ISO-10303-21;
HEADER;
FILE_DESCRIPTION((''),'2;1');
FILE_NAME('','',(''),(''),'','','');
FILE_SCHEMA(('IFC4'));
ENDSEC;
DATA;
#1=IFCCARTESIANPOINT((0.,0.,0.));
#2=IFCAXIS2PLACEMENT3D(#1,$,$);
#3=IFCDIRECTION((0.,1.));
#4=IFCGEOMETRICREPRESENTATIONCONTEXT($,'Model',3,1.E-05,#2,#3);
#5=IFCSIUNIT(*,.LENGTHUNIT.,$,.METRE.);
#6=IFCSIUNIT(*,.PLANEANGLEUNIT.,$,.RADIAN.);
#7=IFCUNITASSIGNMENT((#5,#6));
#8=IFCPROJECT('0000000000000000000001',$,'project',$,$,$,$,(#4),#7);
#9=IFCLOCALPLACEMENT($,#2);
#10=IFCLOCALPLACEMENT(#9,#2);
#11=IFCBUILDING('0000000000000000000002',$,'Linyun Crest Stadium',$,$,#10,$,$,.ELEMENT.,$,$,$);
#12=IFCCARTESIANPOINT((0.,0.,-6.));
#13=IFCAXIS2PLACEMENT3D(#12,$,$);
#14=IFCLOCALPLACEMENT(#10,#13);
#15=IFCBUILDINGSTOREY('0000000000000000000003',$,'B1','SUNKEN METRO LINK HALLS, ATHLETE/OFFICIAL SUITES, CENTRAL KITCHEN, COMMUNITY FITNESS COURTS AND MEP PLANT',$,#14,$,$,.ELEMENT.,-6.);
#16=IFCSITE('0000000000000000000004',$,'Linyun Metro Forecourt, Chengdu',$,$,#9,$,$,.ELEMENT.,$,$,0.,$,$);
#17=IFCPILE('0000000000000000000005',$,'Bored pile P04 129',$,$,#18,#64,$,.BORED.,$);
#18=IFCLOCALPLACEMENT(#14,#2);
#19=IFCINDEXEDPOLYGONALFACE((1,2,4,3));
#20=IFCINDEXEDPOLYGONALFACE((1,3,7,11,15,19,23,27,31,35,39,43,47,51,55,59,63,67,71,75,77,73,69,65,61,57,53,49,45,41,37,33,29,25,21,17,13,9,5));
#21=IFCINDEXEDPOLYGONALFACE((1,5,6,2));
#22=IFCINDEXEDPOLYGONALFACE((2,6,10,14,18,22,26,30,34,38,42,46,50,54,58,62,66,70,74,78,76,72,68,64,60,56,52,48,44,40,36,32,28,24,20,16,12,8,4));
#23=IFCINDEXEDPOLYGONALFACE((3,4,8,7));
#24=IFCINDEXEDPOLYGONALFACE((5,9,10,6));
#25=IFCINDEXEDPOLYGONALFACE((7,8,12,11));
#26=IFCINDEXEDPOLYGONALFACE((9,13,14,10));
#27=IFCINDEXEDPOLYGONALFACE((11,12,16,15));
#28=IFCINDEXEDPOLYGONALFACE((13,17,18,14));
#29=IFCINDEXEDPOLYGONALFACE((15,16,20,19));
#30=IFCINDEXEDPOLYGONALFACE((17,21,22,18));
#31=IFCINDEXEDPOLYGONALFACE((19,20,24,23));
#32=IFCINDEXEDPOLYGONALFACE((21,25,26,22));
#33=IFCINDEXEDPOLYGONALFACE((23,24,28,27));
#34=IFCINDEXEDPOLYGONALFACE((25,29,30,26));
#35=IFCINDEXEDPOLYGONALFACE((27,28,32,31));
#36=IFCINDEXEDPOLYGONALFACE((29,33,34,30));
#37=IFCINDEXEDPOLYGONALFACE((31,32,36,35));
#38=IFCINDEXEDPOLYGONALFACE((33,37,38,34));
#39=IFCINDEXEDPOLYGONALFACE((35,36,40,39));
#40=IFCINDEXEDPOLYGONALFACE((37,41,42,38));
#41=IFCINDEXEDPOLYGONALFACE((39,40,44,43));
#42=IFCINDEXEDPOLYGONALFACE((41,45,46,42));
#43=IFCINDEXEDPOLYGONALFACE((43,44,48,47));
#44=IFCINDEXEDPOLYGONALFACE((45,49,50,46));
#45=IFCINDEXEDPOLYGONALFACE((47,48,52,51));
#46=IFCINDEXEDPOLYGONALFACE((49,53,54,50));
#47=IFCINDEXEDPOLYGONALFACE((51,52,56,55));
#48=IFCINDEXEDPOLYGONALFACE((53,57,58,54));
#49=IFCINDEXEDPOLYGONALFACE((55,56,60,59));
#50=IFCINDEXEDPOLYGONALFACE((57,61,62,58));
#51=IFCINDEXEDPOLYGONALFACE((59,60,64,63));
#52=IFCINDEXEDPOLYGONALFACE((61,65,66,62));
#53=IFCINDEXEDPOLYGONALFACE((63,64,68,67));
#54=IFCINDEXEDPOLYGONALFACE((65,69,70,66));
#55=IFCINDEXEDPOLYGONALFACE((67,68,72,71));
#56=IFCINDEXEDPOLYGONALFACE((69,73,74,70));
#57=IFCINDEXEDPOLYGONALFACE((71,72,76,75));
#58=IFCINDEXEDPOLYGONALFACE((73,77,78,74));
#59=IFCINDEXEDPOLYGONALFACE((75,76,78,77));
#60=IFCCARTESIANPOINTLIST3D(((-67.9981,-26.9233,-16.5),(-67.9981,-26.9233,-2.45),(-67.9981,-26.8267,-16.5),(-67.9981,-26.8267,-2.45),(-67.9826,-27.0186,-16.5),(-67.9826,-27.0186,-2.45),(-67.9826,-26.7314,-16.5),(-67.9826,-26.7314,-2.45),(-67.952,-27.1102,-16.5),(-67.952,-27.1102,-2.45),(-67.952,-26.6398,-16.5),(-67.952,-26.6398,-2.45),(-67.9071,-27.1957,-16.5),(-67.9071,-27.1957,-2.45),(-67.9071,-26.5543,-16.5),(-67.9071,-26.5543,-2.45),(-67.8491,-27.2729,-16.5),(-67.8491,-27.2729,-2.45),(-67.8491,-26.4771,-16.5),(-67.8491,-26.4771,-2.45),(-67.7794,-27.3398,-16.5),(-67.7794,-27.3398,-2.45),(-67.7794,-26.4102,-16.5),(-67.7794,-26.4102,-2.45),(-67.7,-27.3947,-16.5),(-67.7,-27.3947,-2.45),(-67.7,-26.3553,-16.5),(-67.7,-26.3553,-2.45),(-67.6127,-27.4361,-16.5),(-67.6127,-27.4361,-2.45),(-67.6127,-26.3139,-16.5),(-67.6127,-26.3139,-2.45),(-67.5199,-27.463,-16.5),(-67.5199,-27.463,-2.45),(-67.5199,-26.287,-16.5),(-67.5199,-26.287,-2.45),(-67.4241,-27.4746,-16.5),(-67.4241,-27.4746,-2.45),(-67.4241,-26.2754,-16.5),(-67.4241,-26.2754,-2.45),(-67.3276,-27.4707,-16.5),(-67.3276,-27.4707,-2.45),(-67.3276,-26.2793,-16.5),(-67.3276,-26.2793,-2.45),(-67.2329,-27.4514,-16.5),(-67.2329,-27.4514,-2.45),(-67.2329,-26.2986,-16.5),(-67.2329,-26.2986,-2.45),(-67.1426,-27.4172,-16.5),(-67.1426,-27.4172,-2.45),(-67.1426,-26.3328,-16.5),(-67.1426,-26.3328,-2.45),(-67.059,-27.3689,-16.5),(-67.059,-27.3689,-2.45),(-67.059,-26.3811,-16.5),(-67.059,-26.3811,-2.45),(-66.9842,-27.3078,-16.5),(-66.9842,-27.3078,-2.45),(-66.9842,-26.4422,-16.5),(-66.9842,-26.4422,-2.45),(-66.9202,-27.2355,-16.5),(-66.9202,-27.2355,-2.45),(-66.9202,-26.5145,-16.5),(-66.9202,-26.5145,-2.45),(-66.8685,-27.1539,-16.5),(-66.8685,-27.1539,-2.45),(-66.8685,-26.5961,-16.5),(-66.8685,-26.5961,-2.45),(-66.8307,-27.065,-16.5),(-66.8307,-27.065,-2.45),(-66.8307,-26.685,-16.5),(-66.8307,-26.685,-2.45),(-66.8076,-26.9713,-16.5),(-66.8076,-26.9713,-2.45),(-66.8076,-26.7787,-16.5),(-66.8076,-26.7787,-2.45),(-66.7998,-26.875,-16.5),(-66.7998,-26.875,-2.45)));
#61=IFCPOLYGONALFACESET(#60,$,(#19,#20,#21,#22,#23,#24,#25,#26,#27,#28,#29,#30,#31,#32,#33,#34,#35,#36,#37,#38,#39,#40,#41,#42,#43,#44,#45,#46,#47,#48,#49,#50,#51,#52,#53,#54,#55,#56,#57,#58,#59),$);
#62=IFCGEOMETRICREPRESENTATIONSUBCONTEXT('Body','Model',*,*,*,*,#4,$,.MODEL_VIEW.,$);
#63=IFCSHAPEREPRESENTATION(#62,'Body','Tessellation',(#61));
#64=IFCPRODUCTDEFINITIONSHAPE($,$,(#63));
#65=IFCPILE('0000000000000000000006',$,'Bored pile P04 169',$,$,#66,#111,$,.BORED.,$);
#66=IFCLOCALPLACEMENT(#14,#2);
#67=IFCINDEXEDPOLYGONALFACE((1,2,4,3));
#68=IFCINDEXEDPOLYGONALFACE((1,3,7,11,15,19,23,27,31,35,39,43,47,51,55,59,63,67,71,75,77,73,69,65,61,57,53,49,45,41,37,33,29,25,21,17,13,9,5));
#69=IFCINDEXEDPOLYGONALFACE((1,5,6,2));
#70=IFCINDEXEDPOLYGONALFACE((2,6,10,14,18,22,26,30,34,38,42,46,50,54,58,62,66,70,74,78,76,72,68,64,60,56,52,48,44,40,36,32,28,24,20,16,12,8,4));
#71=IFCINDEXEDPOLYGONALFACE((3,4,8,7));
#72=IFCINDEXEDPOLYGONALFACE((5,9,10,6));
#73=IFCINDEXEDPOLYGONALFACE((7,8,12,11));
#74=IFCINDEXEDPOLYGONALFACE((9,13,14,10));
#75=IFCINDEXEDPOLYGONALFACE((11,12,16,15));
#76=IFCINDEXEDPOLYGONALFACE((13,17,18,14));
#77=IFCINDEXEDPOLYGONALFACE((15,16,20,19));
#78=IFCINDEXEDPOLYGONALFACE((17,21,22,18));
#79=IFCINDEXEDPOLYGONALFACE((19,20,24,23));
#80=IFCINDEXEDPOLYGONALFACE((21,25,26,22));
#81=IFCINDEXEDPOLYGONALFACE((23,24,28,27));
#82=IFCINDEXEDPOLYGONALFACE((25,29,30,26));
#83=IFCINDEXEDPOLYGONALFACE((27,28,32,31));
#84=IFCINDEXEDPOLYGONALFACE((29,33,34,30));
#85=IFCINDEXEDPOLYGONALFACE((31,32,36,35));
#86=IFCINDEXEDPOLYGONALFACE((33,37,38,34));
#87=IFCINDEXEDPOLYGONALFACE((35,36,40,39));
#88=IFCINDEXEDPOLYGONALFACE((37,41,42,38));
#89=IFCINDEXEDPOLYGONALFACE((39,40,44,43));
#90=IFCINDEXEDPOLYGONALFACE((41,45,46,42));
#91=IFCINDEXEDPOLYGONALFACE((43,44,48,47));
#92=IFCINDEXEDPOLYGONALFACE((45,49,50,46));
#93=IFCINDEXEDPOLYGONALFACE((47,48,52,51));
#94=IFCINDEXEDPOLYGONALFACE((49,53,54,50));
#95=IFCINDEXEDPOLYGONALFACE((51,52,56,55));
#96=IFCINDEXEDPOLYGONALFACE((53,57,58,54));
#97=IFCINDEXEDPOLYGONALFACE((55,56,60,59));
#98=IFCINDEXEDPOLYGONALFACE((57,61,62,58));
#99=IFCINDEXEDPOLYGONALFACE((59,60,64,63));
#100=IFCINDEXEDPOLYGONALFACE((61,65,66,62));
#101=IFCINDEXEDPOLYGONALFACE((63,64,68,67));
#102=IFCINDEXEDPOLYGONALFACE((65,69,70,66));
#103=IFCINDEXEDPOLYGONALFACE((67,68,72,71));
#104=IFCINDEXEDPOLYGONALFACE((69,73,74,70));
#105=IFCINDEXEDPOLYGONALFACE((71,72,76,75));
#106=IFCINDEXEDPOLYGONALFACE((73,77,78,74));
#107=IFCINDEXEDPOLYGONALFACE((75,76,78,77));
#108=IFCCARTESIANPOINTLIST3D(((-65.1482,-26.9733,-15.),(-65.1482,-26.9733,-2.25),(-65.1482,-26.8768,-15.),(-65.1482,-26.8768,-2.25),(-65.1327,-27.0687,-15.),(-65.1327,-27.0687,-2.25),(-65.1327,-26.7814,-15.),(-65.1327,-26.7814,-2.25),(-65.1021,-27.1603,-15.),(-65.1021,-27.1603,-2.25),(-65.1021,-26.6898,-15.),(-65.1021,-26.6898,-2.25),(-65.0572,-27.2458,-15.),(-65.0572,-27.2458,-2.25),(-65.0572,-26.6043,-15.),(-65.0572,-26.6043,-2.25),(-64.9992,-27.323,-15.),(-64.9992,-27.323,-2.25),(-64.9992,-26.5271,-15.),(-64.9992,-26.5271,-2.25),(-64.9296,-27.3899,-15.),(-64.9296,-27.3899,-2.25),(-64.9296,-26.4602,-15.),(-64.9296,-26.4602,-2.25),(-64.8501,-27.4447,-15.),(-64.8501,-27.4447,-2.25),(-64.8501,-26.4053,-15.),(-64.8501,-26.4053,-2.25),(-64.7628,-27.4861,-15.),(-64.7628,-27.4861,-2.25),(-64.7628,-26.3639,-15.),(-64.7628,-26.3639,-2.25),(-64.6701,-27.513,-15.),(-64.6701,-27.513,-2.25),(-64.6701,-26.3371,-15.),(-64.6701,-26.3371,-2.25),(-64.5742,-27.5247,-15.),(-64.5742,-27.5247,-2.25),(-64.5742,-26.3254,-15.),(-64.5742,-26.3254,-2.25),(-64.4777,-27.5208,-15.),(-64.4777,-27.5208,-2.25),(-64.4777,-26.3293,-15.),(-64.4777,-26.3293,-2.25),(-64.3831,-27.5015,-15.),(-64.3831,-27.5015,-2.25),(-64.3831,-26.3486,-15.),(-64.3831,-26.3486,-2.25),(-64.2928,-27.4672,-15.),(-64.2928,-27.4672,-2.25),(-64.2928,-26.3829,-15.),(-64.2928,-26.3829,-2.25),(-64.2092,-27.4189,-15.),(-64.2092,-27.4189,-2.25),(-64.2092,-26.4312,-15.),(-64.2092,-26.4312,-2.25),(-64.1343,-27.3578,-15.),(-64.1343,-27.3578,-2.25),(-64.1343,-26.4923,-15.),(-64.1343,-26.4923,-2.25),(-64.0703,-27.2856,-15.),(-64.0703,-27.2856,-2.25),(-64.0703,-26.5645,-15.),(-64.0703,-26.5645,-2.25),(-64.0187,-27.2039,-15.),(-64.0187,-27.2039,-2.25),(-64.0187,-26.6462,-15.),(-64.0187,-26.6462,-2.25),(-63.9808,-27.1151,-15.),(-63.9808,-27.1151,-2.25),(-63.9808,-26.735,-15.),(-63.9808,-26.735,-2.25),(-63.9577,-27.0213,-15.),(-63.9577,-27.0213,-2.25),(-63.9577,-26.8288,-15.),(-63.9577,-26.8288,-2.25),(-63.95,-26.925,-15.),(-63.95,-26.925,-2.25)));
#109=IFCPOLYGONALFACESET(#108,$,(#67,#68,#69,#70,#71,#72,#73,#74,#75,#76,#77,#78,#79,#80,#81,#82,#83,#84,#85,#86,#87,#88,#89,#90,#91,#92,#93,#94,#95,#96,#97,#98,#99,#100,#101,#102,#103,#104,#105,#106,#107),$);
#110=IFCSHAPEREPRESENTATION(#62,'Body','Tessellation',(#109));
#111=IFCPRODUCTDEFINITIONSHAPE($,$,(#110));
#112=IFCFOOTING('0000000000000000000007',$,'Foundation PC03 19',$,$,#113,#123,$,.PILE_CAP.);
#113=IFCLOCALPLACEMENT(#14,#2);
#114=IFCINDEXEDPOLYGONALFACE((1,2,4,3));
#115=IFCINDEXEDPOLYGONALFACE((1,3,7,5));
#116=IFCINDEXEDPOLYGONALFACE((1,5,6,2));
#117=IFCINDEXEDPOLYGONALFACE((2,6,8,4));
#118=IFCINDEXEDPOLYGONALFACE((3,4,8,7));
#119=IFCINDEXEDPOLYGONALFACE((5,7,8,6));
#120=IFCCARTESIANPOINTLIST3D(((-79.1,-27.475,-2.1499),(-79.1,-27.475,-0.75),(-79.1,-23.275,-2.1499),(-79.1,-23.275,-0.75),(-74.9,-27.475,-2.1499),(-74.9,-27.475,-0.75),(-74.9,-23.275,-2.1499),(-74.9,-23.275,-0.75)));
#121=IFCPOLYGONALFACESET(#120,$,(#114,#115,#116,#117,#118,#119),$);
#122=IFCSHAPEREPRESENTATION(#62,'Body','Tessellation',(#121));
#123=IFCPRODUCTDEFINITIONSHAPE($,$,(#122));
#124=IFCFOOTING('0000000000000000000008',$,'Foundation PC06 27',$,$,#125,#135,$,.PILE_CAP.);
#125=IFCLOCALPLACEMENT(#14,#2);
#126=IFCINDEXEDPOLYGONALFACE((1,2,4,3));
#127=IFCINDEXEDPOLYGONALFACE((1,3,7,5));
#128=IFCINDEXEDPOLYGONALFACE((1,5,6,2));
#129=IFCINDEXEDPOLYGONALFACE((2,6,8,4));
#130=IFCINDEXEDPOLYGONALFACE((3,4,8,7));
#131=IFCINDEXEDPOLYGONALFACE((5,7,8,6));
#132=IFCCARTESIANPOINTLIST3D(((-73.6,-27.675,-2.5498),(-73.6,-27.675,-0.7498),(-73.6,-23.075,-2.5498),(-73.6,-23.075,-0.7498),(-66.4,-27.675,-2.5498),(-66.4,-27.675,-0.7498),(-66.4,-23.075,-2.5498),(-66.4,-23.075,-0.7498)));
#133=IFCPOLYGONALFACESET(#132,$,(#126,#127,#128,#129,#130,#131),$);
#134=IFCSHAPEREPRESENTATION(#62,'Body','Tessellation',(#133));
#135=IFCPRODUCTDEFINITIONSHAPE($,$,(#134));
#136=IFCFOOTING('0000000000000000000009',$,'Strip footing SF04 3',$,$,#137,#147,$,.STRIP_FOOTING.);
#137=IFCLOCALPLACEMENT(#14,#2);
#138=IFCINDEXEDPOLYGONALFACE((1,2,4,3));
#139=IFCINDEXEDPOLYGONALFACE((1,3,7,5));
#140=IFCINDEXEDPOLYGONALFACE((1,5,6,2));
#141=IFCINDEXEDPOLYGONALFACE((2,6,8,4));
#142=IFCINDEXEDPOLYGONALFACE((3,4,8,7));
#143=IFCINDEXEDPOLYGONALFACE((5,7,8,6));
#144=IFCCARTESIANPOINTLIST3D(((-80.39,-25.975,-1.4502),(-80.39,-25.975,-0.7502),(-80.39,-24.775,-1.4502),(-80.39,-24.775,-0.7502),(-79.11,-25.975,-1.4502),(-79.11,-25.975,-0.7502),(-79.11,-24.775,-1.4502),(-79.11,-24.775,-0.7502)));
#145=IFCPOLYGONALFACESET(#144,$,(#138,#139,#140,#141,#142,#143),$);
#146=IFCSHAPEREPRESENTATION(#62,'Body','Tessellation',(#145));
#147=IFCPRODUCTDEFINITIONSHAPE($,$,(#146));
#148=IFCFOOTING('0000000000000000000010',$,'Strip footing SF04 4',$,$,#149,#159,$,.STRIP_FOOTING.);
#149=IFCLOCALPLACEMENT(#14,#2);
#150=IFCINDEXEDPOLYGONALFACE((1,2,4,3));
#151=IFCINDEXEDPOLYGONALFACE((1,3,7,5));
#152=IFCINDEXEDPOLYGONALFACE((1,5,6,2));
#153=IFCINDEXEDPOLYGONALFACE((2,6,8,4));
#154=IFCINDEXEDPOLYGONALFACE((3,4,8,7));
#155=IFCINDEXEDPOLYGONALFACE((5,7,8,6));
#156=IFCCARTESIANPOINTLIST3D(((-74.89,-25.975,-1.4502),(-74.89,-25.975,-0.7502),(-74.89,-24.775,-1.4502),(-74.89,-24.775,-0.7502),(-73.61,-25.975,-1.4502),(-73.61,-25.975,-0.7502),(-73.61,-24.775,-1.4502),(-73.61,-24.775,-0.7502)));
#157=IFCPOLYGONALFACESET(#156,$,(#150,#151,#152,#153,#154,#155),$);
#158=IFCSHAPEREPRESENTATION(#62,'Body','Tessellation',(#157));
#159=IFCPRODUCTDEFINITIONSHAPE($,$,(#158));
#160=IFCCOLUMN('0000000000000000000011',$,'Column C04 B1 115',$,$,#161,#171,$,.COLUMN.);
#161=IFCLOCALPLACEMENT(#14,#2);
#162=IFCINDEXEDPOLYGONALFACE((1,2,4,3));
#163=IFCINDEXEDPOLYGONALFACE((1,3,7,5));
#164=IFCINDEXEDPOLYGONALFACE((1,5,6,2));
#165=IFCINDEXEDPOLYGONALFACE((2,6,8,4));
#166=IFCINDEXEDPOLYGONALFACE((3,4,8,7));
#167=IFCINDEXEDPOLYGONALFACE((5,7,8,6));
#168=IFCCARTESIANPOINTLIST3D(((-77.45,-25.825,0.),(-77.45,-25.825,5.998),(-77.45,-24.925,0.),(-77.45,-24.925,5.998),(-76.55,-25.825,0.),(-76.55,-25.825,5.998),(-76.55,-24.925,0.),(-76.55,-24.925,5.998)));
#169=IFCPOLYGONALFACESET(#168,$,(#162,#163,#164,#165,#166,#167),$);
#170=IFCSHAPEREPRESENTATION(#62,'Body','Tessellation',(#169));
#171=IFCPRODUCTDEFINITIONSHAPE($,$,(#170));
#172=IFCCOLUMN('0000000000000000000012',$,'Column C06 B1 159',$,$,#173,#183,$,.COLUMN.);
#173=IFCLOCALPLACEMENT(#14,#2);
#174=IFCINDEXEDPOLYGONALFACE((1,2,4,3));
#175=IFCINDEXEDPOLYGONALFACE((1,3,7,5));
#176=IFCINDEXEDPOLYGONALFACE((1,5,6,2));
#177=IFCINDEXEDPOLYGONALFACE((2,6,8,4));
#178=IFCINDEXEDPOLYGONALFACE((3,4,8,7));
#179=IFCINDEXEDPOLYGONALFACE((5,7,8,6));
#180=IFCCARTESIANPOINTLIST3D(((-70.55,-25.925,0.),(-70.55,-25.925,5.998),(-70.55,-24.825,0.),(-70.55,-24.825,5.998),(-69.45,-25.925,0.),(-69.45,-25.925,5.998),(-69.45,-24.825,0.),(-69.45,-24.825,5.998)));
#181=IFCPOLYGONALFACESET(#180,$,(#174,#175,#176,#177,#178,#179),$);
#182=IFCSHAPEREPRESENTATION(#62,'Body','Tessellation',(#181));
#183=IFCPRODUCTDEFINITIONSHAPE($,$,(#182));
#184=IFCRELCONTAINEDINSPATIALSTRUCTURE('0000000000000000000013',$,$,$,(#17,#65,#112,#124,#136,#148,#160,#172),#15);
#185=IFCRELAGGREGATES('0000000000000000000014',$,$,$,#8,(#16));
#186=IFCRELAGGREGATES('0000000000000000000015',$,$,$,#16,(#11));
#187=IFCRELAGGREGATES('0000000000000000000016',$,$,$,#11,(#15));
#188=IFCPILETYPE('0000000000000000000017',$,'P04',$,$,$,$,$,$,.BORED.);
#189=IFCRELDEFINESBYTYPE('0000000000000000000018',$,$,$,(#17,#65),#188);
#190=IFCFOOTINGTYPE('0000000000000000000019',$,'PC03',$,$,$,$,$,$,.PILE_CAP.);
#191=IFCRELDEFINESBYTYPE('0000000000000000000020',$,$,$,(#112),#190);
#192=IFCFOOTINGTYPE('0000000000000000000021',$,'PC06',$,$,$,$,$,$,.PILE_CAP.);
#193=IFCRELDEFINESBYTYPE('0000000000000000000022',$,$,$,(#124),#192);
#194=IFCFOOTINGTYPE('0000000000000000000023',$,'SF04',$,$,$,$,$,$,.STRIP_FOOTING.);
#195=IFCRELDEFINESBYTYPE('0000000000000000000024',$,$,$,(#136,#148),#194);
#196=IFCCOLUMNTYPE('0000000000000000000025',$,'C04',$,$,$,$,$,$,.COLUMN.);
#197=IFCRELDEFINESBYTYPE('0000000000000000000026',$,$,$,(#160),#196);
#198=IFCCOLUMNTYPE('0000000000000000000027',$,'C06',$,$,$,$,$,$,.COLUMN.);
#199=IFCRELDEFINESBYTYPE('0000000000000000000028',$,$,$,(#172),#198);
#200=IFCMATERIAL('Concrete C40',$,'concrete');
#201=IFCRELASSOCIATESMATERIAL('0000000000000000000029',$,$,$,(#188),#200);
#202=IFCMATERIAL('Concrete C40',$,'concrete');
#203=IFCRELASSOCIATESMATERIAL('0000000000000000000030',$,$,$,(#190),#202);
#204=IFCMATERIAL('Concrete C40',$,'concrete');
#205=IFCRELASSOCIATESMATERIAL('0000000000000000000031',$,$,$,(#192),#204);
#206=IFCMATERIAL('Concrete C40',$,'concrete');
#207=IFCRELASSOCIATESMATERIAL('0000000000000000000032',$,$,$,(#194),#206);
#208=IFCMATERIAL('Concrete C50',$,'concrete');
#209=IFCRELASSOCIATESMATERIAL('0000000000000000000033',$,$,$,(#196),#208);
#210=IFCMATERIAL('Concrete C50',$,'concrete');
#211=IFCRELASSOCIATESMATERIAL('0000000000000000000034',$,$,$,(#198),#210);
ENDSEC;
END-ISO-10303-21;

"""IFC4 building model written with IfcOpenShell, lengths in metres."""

from ifc_helpers import new_model, si_unit, direction, frame, origin, origin_2d, place, context, subcontext, project, spatial, rectangle, circle, extrude, material, material_profile, profile_set, type_object, element, save


model = new_model("IFC4")

# Units and contexts
model_context = context("Model", 3, precision=1e-05, world=origin(), true_north=direction((0.0, 1.0)))
body_context = subcontext(model_context, "Body", "Model", "MODEL_VIEW")
ifc_project = project(units=[si_unit("LENGTHUNIT", "METRE"), si_unit("PLANEANGLEUNIT", "RADIAN")], contexts=[model_context])

# Site, building, storey
site_placement = place(None, origin())
site = spatial("IfcSite", under=ifc_project, at=site_placement, Name="Linyun Metro Forecourt, Chengdu", CompositionType="ELEMENT", RefElevation=0.0)
building_placement = place(site_placement, origin())
building = spatial("IfcBuilding", under=site, at=building_placement, Name="Linyun Crest Stadium", CompositionType="ELEMENT")
storey_placement = place(building_placement, frame((0.0, 0.0, -6.0)))
storey = spatial("IfcBuildingStorey", under=building, at=storey_placement, Name="B1", Description="SUNKEN METRO LINK HALLS, ATHLETE/OFFICIAL SUITES, CENTRAL KITCHEN, COMMUNITY FITNESS COURTS AND MEP PLANT", CompositionType="ELEMENT", Elevation=-6.0)

# Piles
ifc_material_1 = material(Name="Concrete C40", Category="concrete")
ifc_material_profile_1 = material_profile(ifc_material_1, circle(Radius=0.6001, at=origin_2d()), Name="BORED PILE 1200")
ifc_profile_set_1 = profile_set([ifc_material_profile_1], Name="Concrete C40")
pile_type_1 = type_object("IfcPileType", Name="P04", PredefinedType="BORED", material=ifc_profile_set_1)
for number, where, z_axis, x_axis, name in (
    (1, (-67.3999, -26.875, -2.45), (0.0, 0.0, -1.0), (1.0, 0.0, 0.0), "Bored pile P04 129"),
):
    element("IfcPile", number, at=place(storey_placement, frame(where, z_axis=z_axis, x_axis=x_axis)), inside=storey, type_object=pile_type_1, Name=name, PredefinedType="BORED", context=body_context, shape_type="SweptSolid", body=[
        extrude(circle(Radius=0.6001, at=origin_2d()), origin(), (0.0, 0.0, 1.0), 14.05),
    ])
pile_placement = place(storey_placement, frame((-64.55, -26.925, -2.25), z_axis=(0.0, 0.0, -1.0), x_axis=(1.0, 0.0, 0.0)))
element("IfcPile", 2, at=pile_placement, inside=storey, type_object=pile_type_1, Name="Bored pile P04 169", PredefinedType="BORED", context=body_context, shape_type="SweptSolid", body=[
    extrude(circle(Radius=0.6001, at=origin_2d()), origin(), (0.0, 0.0, 1.0), 12.75),
])

# Footings
ifc_material_2 = material(Name="Concrete C40", Category="concrete")
footing_type_1 = type_object("IfcFootingType", Name="PC03", PredefinedType="PILE_CAP", material=ifc_material_2)
footing_1_placement = place(storey_placement, frame((-77.0, -25.375, -2.1499), z_axis=(0.0, 0.0, 1.0), x_axis=(1.0, 0.0, 0.0)))
element("IfcFooting", 3, at=footing_1_placement, inside=storey, type_object=footing_type_1, Name="Foundation PC03 19", PredefinedType="PILE_CAP", context=body_context, shape_type="SweptSolid", body=[
    extrude(rectangle(XDim=4.2, YDim=4.2, at=origin_2d()), origin(), (0.0, 0.0, 1.0), 1.3999),
])
ifc_material_3 = material(Name="Concrete C40", Category="concrete")
footing_type_2 = type_object("IfcFootingType", Name="PC06", PredefinedType="PILE_CAP", material=ifc_material_3)
footing_2_placement = place(storey_placement, frame((-70.0, -25.375, -2.5498), z_axis=(0.0, 0.0, 1.0), x_axis=(1.0, 0.0, 0.0)))
element("IfcFooting", 4, at=footing_2_placement, inside=storey, type_object=footing_type_2, Name="Foundation PC06 27", PredefinedType="PILE_CAP", context=body_context, shape_type="SweptSolid", body=[
    extrude(rectangle(XDim=7.2, YDim=4.6001, at=origin_2d()), origin(), (0.0, 0.0, 1.0), 1.8),
])
ifc_material_4 = material(Name="Concrete C40", Category="concrete")
footing_type_3 = type_object("IfcFootingType", Name="SF04", PredefinedType="STRIP_FOOTING", material=ifc_material_4)
for number, where, z_axis, x_axis, name in (
    (5, (-79.75, -25.375, -1.4502), (0.0, 0.0, 1.0), (1.0, 0.0, 0.0), "Strip footing SF04 3"),
    (6, (-74.25, -25.375, -1.4502), (0.0, 0.0, 1.0), (1.0, 0.0, 0.0), "Strip footing SF04 4"),
):
    element("IfcFooting", number, at=place(storey_placement, frame(where, z_axis=z_axis, x_axis=x_axis)), inside=storey, type_object=footing_type_3, Name=name, PredefinedType="STRIP_FOOTING", context=body_context, shape_type="SweptSolid", body=[
        extrude(rectangle(XDim=1.28, YDim=1.2, at=origin_2d()), origin(), (0.0, 0.0, 1.0), 0.7),
    ])

# Columns
ifc_material_5 = material(Name="Concrete C50", Category="concrete")
ifc_material_profile_2 = material_profile(ifc_material_5, rectangle(XDim=0.8999, YDim=0.8999, at=origin_2d()), Name="RC 900x900")
ifc_profile_set_2 = profile_set([ifc_material_profile_2], Name="Concrete C50")
column_type_1 = type_object("IfcColumnType", Name="C04", PredefinedType="COLUMN", material=ifc_profile_set_2)
column_1_placement = place(storey_placement, frame((-77.0, -25.375, 0.0), z_axis=(0.0, 0.0, 1.0), x_axis=(1.0, 0.0, 0.0)))
element("IfcColumn", 7, at=column_1_placement, inside=storey, type_object=column_type_1, Name="Column C04 B1 115", PredefinedType="COLUMN", context=body_context, shape_type="SweptSolid", body=[
    extrude(rectangle(XDim=0.8999, YDim=0.8999, at=origin_2d()), origin(), (0.0, 0.0, 1.0), 5.998),
])
ifc_material_6 = material(Name="Concrete C50", Category="concrete")
ifc_material_profile_3 = material_profile(ifc_material_6, rectangle(XDim=1.1001, YDim=1.1001, at=origin_2d()), Name="RC 1100x1100")
ifc_profile_set_3 = profile_set([ifc_material_profile_3], Name="Concrete C50")
column_type_2 = type_object("IfcColumnType", Name="C06", PredefinedType="COLUMN", material=ifc_profile_set_3)
column_2_placement = place(storey_placement, frame((-70.0, -25.375, 0.0), z_axis=(0.0, 0.0, 1.0), x_axis=(1.0, 0.0, 0.0)))
element("IfcColumn", 8, at=column_2_placement, inside=storey, type_object=column_type_2, Name="Column C06 B1 159", PredefinedType="COLUMN", context=body_context, shape_type="SweptSolid", body=[
    extrude(rectangle(XDim=1.1001, YDim=1.1001, at=origin_2d()), origin(), (0.0, 0.0, 1.0), 5.998),
])

save(model, "model.ifc")
